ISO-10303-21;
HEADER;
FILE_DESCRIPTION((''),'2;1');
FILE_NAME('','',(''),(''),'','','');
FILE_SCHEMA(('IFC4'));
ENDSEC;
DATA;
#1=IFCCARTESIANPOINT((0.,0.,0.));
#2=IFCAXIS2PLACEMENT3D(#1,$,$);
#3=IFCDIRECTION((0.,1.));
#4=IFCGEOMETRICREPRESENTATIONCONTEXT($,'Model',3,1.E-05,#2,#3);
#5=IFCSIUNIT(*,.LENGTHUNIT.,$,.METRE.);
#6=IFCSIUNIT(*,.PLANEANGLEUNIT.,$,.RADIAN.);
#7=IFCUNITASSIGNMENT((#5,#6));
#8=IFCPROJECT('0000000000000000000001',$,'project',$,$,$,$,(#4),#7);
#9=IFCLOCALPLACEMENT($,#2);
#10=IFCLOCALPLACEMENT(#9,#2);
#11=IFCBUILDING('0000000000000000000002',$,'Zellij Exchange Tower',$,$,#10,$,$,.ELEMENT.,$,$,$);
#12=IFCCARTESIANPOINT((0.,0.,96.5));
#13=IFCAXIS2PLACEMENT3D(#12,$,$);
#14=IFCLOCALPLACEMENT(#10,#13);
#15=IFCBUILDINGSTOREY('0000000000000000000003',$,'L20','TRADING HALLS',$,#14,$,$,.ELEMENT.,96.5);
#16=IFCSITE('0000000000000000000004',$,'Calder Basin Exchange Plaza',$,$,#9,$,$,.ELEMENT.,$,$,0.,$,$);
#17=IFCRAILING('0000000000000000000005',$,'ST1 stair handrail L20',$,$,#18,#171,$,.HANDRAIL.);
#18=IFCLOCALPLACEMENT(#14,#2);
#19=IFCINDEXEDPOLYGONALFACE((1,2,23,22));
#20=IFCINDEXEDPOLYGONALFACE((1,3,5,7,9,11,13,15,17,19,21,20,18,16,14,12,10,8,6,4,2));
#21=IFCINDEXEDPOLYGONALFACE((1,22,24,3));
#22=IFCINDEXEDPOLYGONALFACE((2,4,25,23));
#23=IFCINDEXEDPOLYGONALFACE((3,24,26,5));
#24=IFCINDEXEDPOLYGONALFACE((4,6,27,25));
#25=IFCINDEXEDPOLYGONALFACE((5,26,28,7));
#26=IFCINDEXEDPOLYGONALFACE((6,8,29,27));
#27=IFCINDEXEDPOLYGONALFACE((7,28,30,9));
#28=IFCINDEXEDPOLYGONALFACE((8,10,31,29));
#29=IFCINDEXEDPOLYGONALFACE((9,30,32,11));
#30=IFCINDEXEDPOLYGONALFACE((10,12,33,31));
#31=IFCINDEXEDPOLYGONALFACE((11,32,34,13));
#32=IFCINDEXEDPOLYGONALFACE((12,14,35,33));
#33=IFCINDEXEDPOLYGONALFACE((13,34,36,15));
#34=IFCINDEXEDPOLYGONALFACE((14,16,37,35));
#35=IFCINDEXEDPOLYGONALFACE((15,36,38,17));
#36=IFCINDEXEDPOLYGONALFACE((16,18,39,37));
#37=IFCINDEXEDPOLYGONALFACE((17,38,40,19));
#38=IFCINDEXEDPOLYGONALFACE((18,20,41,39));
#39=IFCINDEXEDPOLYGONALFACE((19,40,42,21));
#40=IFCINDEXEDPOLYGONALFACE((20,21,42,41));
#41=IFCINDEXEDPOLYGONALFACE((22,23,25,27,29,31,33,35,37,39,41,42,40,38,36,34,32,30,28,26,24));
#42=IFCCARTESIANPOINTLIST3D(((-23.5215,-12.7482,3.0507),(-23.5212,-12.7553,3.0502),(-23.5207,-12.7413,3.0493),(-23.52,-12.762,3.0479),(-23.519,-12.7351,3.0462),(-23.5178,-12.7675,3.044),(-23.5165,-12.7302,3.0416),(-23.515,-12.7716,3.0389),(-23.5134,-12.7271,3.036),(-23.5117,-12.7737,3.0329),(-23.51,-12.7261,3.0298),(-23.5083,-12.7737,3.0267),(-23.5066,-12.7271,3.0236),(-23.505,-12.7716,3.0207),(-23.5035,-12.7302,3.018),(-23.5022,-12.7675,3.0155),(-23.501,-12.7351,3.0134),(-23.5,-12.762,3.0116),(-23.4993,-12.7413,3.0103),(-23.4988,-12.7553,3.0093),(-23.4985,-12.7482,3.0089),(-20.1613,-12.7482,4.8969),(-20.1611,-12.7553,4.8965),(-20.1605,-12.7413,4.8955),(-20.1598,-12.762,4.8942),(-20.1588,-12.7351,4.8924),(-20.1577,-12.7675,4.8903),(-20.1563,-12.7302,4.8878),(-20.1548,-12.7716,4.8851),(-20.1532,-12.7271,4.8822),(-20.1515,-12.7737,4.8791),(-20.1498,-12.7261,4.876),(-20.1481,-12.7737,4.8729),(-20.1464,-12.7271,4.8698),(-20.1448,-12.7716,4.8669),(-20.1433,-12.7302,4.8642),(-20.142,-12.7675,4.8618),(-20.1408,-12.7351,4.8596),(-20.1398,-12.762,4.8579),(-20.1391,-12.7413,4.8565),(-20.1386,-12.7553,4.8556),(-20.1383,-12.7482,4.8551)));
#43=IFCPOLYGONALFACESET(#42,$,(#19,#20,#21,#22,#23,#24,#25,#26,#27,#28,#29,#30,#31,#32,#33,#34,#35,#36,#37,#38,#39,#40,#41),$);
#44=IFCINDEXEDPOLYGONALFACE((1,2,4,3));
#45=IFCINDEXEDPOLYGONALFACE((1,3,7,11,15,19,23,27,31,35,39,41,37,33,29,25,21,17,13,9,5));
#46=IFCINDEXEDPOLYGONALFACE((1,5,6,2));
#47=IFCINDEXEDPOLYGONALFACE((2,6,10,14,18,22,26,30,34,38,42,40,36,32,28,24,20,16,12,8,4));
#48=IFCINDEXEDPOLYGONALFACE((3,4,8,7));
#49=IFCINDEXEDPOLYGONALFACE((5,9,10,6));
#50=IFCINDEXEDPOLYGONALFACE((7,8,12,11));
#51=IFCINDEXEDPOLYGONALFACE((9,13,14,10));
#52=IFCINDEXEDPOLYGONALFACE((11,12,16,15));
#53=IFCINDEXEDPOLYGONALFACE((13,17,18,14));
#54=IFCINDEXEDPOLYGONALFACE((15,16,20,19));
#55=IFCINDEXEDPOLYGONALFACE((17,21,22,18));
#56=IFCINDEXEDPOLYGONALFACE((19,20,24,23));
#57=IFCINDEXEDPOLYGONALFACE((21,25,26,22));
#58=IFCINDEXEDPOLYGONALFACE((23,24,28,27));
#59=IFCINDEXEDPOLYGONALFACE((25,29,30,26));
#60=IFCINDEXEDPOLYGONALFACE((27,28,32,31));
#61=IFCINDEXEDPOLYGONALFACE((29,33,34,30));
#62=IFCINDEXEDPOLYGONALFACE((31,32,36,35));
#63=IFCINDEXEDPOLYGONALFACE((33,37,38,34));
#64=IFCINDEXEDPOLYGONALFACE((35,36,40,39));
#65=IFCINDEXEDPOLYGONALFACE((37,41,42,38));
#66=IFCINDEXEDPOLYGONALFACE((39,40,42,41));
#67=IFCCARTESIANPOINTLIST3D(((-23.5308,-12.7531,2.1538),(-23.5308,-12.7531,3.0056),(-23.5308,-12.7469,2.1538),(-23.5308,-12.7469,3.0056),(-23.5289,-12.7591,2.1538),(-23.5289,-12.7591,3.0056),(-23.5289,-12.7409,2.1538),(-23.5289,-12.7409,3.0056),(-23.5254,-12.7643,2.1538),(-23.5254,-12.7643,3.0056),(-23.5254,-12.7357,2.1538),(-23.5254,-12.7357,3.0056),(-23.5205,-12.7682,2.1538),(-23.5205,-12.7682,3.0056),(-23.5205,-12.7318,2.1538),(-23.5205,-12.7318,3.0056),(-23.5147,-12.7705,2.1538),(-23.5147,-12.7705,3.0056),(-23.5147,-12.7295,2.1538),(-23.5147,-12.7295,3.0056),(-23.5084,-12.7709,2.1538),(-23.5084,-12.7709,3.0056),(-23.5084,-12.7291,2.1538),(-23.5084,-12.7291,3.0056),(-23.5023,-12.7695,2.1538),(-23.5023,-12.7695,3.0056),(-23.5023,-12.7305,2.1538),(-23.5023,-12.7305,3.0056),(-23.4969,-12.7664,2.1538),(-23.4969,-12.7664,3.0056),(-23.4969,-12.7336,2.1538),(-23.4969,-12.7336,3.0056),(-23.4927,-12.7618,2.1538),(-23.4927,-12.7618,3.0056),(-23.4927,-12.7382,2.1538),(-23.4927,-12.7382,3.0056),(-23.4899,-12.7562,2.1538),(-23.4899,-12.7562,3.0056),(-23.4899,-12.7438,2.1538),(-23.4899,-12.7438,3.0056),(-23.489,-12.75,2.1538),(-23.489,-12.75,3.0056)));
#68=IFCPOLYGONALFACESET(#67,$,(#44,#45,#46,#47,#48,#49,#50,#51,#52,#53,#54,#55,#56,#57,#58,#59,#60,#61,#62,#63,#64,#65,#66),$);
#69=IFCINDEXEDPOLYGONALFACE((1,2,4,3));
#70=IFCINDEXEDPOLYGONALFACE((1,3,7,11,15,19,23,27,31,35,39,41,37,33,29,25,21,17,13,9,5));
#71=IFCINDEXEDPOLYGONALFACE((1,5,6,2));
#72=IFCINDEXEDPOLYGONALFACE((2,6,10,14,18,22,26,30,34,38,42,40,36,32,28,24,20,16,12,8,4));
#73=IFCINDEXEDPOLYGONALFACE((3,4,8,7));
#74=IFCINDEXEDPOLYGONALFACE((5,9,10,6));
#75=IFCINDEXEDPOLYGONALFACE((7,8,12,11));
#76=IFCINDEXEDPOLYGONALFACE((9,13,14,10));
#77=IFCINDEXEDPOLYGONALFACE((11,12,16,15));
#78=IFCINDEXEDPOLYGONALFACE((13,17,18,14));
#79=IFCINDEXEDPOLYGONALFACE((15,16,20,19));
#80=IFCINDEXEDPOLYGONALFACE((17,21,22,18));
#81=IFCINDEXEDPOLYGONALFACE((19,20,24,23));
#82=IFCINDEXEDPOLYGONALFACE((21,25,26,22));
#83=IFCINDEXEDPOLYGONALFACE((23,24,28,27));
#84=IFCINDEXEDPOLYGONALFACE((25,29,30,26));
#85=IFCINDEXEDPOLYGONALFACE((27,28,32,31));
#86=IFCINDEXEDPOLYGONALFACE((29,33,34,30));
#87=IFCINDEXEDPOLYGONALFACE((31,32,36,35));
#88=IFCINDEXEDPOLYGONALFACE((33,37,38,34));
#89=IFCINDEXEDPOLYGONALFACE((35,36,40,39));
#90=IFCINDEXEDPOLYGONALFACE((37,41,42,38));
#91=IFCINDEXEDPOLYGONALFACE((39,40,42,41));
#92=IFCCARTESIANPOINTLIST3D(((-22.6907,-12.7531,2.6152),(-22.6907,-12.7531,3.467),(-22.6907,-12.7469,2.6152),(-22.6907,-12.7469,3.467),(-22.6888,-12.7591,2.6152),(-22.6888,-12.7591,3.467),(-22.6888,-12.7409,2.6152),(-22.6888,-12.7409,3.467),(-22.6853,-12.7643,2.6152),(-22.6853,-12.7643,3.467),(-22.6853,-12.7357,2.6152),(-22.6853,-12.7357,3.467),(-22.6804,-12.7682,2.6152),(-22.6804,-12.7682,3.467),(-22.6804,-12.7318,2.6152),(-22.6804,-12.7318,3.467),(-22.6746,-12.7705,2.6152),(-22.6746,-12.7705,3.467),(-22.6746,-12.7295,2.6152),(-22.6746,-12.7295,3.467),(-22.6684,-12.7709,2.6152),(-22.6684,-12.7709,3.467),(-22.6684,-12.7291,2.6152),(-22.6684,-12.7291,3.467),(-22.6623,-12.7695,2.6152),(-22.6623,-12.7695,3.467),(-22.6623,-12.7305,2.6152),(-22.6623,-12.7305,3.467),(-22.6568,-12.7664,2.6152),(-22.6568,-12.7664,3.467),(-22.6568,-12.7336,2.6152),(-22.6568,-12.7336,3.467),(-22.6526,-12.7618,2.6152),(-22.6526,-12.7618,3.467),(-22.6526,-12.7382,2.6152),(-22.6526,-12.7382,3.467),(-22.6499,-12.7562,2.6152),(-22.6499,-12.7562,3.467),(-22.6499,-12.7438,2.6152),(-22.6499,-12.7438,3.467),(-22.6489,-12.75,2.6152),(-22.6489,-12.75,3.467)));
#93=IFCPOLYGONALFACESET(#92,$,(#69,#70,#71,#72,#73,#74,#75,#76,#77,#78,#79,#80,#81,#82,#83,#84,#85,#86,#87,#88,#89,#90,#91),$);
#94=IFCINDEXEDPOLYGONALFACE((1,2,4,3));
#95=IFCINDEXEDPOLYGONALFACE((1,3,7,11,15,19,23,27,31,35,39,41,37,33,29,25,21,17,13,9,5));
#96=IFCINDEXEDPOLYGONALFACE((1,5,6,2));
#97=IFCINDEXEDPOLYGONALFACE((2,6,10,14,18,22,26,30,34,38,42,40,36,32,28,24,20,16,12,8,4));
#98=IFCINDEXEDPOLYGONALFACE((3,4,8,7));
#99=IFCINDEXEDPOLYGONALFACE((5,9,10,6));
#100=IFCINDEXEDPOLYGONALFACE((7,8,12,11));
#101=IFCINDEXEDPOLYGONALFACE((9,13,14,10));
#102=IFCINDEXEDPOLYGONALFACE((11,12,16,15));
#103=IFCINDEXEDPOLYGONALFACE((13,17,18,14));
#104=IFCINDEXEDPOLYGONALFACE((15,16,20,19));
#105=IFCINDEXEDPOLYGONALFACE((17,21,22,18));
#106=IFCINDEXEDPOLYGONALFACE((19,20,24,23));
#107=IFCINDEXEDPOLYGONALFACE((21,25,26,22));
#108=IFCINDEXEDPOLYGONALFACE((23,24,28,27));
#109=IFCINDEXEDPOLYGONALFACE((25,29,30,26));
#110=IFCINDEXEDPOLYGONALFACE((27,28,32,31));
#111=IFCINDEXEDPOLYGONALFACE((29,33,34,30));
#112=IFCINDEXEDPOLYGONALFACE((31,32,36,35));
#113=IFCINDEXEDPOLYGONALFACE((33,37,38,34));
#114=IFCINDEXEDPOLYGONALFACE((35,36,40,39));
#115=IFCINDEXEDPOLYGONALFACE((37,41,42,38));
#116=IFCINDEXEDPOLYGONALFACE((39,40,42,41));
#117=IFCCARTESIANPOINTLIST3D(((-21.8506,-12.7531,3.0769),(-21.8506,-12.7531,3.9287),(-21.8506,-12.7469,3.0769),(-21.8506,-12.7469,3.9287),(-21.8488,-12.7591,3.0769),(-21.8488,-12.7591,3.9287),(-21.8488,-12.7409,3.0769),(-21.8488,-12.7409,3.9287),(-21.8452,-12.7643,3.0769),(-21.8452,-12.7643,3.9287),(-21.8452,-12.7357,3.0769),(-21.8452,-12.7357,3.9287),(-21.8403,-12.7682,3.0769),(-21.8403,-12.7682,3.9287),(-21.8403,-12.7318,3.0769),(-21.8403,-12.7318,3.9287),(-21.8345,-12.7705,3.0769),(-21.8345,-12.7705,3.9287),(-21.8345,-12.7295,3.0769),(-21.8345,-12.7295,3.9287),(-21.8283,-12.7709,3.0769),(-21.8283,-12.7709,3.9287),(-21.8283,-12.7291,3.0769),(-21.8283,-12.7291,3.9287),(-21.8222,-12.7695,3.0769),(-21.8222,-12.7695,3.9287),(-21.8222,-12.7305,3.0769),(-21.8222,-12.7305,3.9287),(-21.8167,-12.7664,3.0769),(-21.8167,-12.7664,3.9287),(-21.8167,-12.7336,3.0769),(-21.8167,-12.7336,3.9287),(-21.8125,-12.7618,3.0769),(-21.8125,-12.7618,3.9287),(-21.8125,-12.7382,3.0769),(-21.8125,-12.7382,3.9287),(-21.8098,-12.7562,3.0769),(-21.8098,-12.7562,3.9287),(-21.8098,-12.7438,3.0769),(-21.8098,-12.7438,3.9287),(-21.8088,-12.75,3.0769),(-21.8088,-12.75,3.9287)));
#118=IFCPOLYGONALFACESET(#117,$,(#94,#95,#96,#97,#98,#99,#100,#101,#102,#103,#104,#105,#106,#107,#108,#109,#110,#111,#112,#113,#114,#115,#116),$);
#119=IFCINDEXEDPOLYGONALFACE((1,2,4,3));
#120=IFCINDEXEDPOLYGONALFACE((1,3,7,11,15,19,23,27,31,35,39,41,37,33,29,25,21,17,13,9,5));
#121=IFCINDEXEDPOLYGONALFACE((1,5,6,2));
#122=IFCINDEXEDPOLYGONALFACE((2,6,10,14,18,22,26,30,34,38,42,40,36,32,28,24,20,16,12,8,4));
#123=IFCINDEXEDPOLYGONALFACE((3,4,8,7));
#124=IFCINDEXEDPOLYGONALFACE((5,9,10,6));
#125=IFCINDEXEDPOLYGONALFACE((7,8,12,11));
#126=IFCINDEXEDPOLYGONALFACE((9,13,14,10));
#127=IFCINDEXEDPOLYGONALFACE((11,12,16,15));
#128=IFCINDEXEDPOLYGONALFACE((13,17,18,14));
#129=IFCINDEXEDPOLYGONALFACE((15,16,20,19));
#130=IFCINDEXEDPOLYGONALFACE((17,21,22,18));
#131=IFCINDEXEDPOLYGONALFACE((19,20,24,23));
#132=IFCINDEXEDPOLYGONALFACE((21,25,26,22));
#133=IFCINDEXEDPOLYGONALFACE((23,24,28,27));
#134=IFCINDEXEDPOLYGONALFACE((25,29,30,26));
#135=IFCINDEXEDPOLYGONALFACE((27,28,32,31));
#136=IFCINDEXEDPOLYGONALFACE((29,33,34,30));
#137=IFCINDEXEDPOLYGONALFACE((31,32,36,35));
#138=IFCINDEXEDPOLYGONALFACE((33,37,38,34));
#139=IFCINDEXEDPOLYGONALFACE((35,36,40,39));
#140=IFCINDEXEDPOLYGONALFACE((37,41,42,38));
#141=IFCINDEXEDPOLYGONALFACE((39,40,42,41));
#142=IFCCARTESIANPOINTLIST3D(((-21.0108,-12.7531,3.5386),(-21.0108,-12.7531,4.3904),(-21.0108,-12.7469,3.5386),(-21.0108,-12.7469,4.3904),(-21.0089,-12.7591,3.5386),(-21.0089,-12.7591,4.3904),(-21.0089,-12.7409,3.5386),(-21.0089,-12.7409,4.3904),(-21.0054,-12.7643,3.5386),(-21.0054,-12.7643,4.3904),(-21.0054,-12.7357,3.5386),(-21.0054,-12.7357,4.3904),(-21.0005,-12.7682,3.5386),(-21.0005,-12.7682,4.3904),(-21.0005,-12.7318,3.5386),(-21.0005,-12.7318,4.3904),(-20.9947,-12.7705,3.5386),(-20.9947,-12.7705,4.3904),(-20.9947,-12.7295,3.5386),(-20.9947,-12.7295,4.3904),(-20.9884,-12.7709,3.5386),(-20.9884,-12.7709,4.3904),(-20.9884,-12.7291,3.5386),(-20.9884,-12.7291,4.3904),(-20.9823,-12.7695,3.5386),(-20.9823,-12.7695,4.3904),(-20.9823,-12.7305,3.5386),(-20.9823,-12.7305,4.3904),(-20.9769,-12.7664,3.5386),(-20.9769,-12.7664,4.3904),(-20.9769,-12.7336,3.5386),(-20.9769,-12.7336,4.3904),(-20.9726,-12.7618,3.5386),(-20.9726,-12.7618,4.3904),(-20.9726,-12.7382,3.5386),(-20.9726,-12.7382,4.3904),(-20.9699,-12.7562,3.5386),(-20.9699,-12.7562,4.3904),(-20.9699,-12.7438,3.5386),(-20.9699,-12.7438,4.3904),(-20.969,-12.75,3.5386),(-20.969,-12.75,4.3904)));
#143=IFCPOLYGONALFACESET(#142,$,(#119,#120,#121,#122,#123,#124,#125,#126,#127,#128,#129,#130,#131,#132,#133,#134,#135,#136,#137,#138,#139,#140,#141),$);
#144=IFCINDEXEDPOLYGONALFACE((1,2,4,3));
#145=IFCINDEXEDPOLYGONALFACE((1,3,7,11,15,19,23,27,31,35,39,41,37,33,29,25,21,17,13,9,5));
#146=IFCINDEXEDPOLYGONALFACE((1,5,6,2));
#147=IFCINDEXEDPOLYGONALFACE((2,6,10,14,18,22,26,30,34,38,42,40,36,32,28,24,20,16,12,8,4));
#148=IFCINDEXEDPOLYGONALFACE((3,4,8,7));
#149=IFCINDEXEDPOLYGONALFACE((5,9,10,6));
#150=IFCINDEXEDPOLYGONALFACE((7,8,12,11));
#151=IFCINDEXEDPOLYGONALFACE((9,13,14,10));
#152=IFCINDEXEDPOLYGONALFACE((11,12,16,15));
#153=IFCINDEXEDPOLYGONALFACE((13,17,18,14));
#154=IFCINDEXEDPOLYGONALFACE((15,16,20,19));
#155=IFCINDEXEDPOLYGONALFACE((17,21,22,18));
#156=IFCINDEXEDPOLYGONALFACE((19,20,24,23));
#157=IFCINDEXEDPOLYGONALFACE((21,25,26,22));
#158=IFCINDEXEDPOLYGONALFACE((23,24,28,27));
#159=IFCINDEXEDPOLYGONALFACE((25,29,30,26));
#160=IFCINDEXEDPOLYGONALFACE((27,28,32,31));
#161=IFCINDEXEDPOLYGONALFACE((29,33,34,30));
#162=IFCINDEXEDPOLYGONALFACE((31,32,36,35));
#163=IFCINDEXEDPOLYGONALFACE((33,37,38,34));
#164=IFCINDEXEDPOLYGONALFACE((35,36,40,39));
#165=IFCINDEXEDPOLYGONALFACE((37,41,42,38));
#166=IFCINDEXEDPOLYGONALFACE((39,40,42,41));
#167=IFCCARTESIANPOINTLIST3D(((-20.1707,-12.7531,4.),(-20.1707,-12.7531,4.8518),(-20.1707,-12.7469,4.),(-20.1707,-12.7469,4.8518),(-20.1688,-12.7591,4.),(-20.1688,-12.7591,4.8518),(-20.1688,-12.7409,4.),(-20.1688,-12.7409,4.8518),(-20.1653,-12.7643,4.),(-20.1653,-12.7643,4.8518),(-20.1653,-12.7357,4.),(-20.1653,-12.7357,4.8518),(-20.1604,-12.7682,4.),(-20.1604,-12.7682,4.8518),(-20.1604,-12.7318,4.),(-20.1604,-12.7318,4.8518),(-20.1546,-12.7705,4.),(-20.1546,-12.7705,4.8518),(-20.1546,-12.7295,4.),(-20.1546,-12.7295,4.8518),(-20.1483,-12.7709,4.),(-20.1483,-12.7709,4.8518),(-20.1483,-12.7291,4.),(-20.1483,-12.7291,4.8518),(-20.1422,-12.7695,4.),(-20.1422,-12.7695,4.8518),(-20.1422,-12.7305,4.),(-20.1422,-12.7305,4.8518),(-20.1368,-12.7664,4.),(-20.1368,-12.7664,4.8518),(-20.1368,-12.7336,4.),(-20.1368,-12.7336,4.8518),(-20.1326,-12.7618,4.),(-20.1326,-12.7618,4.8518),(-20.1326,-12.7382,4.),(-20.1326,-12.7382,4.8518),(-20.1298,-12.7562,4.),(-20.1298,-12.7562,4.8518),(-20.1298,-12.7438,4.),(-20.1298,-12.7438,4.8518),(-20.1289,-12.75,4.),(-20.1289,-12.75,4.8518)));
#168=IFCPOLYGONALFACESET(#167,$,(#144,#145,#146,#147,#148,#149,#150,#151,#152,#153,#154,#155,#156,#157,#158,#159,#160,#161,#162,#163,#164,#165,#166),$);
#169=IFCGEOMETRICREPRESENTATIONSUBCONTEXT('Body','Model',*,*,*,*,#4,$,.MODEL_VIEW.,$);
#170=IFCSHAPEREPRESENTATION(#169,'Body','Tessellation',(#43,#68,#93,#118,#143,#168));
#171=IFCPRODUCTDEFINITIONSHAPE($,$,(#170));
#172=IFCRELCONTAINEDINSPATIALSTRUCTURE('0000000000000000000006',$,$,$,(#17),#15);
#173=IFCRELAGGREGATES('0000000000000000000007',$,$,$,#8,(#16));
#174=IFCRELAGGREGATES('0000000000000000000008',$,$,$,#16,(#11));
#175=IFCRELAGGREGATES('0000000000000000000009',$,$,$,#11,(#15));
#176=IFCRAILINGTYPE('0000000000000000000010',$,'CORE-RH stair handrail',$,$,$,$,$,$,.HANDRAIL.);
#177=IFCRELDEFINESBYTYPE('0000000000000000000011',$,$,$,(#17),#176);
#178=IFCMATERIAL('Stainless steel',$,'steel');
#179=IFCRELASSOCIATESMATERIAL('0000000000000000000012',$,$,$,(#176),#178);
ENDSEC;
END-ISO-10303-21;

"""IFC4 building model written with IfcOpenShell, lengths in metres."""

from ifc_helpers import new_model, si_unit, direction, frame, origin, origin_2d, place, context, subcontext, project, spatial, circle, extrude, material, type_object, element, save


model = new_model("IFC4")

# Units and contexts
model_context = context("Model", 3, precision=1e-05, world=origin(), true_north=direction((0.0, 1.0)))
body_context = subcontext(model_context, "Body", "Model", "MODEL_VIEW")
ifc_project = project(units=[si_unit("LENGTHUNIT", "METRE"), si_unit("PLANEANGLEUNIT", "RADIAN")], contexts=[model_context])

# Site, building, storey
site_placement = place(None, origin())
site = spatial("IfcSite", under=ifc_project, at=site_placement, Name="Calder Basin Exchange Plaza", CompositionType="ELEMENT", RefElevation=0.0)
building_placement = place(site_placement, origin())
building = spatial("IfcBuilding", under=site, at=building_placement, Name="Zellij Exchange Tower", CompositionType="ELEMENT")
storey_placement = place(building_placement, frame((0.0, 0.0, 96.5)))
storey = spatial("IfcBuildingStorey", under=building, at=storey_placement, Name="L20", Description="TRADING HALLS", CompositionType="ELEMENT", Elevation=96.5)

# Railing
ifc_material_1 = material(Name="Stainless steel", Category="steel")
railing_type_1 = type_object("IfcRailingType", Name="CORE-RH stair handrail", PredefinedType="HANDRAIL", material=ifc_material_1)
railing_1_placement = place(storey_placement, frame((-23.51, -12.75, 2.1538)))
element("IfcRailing", 1, at=railing_1_placement, inside=storey, type_object=railing_type_1, Name="ST1 stair handrail L20", PredefinedType="HANDRAIL", context=body_context, shape_type="SweptSolid", body=[
    extrude(circle(Radius=0.0239, at=origin_2d()), frame((0.0, 0.0, 0.876), z_axis=(0.876422, 0.0, 0.481545), x_axis=(0.0, 1.0, 0.0)), (0.0, 0.0, 1.0), 3.834),
    extrude(circle(Radius=0.021, at=origin_2d()), origin(), (0.0, 0.0, 1.0), 0.8518),
    extrude(circle(Radius=0.021, at=origin_2d()), frame((0.8401, 0.0, 0.4614)), (0.0, 0.0, 1.0), 0.8518),
    extrude(circle(Radius=0.021, at=origin_2d()), frame((1.6802, 0.0, 0.9231)), (0.0, 0.0, 1.0), 0.8518),
    extrude(circle(Radius=0.021, at=origin_2d()), frame((2.52, 0.0, 1.3848)), (0.0, 0.0, 1.0), 0.8518),
    extrude(circle(Radius=0.021, at=origin_2d()), frame((3.3601, 0.0, 1.8462)), (0.0, 0.0, 1.0), 0.8518),
])

save(model, "model.ifc")
